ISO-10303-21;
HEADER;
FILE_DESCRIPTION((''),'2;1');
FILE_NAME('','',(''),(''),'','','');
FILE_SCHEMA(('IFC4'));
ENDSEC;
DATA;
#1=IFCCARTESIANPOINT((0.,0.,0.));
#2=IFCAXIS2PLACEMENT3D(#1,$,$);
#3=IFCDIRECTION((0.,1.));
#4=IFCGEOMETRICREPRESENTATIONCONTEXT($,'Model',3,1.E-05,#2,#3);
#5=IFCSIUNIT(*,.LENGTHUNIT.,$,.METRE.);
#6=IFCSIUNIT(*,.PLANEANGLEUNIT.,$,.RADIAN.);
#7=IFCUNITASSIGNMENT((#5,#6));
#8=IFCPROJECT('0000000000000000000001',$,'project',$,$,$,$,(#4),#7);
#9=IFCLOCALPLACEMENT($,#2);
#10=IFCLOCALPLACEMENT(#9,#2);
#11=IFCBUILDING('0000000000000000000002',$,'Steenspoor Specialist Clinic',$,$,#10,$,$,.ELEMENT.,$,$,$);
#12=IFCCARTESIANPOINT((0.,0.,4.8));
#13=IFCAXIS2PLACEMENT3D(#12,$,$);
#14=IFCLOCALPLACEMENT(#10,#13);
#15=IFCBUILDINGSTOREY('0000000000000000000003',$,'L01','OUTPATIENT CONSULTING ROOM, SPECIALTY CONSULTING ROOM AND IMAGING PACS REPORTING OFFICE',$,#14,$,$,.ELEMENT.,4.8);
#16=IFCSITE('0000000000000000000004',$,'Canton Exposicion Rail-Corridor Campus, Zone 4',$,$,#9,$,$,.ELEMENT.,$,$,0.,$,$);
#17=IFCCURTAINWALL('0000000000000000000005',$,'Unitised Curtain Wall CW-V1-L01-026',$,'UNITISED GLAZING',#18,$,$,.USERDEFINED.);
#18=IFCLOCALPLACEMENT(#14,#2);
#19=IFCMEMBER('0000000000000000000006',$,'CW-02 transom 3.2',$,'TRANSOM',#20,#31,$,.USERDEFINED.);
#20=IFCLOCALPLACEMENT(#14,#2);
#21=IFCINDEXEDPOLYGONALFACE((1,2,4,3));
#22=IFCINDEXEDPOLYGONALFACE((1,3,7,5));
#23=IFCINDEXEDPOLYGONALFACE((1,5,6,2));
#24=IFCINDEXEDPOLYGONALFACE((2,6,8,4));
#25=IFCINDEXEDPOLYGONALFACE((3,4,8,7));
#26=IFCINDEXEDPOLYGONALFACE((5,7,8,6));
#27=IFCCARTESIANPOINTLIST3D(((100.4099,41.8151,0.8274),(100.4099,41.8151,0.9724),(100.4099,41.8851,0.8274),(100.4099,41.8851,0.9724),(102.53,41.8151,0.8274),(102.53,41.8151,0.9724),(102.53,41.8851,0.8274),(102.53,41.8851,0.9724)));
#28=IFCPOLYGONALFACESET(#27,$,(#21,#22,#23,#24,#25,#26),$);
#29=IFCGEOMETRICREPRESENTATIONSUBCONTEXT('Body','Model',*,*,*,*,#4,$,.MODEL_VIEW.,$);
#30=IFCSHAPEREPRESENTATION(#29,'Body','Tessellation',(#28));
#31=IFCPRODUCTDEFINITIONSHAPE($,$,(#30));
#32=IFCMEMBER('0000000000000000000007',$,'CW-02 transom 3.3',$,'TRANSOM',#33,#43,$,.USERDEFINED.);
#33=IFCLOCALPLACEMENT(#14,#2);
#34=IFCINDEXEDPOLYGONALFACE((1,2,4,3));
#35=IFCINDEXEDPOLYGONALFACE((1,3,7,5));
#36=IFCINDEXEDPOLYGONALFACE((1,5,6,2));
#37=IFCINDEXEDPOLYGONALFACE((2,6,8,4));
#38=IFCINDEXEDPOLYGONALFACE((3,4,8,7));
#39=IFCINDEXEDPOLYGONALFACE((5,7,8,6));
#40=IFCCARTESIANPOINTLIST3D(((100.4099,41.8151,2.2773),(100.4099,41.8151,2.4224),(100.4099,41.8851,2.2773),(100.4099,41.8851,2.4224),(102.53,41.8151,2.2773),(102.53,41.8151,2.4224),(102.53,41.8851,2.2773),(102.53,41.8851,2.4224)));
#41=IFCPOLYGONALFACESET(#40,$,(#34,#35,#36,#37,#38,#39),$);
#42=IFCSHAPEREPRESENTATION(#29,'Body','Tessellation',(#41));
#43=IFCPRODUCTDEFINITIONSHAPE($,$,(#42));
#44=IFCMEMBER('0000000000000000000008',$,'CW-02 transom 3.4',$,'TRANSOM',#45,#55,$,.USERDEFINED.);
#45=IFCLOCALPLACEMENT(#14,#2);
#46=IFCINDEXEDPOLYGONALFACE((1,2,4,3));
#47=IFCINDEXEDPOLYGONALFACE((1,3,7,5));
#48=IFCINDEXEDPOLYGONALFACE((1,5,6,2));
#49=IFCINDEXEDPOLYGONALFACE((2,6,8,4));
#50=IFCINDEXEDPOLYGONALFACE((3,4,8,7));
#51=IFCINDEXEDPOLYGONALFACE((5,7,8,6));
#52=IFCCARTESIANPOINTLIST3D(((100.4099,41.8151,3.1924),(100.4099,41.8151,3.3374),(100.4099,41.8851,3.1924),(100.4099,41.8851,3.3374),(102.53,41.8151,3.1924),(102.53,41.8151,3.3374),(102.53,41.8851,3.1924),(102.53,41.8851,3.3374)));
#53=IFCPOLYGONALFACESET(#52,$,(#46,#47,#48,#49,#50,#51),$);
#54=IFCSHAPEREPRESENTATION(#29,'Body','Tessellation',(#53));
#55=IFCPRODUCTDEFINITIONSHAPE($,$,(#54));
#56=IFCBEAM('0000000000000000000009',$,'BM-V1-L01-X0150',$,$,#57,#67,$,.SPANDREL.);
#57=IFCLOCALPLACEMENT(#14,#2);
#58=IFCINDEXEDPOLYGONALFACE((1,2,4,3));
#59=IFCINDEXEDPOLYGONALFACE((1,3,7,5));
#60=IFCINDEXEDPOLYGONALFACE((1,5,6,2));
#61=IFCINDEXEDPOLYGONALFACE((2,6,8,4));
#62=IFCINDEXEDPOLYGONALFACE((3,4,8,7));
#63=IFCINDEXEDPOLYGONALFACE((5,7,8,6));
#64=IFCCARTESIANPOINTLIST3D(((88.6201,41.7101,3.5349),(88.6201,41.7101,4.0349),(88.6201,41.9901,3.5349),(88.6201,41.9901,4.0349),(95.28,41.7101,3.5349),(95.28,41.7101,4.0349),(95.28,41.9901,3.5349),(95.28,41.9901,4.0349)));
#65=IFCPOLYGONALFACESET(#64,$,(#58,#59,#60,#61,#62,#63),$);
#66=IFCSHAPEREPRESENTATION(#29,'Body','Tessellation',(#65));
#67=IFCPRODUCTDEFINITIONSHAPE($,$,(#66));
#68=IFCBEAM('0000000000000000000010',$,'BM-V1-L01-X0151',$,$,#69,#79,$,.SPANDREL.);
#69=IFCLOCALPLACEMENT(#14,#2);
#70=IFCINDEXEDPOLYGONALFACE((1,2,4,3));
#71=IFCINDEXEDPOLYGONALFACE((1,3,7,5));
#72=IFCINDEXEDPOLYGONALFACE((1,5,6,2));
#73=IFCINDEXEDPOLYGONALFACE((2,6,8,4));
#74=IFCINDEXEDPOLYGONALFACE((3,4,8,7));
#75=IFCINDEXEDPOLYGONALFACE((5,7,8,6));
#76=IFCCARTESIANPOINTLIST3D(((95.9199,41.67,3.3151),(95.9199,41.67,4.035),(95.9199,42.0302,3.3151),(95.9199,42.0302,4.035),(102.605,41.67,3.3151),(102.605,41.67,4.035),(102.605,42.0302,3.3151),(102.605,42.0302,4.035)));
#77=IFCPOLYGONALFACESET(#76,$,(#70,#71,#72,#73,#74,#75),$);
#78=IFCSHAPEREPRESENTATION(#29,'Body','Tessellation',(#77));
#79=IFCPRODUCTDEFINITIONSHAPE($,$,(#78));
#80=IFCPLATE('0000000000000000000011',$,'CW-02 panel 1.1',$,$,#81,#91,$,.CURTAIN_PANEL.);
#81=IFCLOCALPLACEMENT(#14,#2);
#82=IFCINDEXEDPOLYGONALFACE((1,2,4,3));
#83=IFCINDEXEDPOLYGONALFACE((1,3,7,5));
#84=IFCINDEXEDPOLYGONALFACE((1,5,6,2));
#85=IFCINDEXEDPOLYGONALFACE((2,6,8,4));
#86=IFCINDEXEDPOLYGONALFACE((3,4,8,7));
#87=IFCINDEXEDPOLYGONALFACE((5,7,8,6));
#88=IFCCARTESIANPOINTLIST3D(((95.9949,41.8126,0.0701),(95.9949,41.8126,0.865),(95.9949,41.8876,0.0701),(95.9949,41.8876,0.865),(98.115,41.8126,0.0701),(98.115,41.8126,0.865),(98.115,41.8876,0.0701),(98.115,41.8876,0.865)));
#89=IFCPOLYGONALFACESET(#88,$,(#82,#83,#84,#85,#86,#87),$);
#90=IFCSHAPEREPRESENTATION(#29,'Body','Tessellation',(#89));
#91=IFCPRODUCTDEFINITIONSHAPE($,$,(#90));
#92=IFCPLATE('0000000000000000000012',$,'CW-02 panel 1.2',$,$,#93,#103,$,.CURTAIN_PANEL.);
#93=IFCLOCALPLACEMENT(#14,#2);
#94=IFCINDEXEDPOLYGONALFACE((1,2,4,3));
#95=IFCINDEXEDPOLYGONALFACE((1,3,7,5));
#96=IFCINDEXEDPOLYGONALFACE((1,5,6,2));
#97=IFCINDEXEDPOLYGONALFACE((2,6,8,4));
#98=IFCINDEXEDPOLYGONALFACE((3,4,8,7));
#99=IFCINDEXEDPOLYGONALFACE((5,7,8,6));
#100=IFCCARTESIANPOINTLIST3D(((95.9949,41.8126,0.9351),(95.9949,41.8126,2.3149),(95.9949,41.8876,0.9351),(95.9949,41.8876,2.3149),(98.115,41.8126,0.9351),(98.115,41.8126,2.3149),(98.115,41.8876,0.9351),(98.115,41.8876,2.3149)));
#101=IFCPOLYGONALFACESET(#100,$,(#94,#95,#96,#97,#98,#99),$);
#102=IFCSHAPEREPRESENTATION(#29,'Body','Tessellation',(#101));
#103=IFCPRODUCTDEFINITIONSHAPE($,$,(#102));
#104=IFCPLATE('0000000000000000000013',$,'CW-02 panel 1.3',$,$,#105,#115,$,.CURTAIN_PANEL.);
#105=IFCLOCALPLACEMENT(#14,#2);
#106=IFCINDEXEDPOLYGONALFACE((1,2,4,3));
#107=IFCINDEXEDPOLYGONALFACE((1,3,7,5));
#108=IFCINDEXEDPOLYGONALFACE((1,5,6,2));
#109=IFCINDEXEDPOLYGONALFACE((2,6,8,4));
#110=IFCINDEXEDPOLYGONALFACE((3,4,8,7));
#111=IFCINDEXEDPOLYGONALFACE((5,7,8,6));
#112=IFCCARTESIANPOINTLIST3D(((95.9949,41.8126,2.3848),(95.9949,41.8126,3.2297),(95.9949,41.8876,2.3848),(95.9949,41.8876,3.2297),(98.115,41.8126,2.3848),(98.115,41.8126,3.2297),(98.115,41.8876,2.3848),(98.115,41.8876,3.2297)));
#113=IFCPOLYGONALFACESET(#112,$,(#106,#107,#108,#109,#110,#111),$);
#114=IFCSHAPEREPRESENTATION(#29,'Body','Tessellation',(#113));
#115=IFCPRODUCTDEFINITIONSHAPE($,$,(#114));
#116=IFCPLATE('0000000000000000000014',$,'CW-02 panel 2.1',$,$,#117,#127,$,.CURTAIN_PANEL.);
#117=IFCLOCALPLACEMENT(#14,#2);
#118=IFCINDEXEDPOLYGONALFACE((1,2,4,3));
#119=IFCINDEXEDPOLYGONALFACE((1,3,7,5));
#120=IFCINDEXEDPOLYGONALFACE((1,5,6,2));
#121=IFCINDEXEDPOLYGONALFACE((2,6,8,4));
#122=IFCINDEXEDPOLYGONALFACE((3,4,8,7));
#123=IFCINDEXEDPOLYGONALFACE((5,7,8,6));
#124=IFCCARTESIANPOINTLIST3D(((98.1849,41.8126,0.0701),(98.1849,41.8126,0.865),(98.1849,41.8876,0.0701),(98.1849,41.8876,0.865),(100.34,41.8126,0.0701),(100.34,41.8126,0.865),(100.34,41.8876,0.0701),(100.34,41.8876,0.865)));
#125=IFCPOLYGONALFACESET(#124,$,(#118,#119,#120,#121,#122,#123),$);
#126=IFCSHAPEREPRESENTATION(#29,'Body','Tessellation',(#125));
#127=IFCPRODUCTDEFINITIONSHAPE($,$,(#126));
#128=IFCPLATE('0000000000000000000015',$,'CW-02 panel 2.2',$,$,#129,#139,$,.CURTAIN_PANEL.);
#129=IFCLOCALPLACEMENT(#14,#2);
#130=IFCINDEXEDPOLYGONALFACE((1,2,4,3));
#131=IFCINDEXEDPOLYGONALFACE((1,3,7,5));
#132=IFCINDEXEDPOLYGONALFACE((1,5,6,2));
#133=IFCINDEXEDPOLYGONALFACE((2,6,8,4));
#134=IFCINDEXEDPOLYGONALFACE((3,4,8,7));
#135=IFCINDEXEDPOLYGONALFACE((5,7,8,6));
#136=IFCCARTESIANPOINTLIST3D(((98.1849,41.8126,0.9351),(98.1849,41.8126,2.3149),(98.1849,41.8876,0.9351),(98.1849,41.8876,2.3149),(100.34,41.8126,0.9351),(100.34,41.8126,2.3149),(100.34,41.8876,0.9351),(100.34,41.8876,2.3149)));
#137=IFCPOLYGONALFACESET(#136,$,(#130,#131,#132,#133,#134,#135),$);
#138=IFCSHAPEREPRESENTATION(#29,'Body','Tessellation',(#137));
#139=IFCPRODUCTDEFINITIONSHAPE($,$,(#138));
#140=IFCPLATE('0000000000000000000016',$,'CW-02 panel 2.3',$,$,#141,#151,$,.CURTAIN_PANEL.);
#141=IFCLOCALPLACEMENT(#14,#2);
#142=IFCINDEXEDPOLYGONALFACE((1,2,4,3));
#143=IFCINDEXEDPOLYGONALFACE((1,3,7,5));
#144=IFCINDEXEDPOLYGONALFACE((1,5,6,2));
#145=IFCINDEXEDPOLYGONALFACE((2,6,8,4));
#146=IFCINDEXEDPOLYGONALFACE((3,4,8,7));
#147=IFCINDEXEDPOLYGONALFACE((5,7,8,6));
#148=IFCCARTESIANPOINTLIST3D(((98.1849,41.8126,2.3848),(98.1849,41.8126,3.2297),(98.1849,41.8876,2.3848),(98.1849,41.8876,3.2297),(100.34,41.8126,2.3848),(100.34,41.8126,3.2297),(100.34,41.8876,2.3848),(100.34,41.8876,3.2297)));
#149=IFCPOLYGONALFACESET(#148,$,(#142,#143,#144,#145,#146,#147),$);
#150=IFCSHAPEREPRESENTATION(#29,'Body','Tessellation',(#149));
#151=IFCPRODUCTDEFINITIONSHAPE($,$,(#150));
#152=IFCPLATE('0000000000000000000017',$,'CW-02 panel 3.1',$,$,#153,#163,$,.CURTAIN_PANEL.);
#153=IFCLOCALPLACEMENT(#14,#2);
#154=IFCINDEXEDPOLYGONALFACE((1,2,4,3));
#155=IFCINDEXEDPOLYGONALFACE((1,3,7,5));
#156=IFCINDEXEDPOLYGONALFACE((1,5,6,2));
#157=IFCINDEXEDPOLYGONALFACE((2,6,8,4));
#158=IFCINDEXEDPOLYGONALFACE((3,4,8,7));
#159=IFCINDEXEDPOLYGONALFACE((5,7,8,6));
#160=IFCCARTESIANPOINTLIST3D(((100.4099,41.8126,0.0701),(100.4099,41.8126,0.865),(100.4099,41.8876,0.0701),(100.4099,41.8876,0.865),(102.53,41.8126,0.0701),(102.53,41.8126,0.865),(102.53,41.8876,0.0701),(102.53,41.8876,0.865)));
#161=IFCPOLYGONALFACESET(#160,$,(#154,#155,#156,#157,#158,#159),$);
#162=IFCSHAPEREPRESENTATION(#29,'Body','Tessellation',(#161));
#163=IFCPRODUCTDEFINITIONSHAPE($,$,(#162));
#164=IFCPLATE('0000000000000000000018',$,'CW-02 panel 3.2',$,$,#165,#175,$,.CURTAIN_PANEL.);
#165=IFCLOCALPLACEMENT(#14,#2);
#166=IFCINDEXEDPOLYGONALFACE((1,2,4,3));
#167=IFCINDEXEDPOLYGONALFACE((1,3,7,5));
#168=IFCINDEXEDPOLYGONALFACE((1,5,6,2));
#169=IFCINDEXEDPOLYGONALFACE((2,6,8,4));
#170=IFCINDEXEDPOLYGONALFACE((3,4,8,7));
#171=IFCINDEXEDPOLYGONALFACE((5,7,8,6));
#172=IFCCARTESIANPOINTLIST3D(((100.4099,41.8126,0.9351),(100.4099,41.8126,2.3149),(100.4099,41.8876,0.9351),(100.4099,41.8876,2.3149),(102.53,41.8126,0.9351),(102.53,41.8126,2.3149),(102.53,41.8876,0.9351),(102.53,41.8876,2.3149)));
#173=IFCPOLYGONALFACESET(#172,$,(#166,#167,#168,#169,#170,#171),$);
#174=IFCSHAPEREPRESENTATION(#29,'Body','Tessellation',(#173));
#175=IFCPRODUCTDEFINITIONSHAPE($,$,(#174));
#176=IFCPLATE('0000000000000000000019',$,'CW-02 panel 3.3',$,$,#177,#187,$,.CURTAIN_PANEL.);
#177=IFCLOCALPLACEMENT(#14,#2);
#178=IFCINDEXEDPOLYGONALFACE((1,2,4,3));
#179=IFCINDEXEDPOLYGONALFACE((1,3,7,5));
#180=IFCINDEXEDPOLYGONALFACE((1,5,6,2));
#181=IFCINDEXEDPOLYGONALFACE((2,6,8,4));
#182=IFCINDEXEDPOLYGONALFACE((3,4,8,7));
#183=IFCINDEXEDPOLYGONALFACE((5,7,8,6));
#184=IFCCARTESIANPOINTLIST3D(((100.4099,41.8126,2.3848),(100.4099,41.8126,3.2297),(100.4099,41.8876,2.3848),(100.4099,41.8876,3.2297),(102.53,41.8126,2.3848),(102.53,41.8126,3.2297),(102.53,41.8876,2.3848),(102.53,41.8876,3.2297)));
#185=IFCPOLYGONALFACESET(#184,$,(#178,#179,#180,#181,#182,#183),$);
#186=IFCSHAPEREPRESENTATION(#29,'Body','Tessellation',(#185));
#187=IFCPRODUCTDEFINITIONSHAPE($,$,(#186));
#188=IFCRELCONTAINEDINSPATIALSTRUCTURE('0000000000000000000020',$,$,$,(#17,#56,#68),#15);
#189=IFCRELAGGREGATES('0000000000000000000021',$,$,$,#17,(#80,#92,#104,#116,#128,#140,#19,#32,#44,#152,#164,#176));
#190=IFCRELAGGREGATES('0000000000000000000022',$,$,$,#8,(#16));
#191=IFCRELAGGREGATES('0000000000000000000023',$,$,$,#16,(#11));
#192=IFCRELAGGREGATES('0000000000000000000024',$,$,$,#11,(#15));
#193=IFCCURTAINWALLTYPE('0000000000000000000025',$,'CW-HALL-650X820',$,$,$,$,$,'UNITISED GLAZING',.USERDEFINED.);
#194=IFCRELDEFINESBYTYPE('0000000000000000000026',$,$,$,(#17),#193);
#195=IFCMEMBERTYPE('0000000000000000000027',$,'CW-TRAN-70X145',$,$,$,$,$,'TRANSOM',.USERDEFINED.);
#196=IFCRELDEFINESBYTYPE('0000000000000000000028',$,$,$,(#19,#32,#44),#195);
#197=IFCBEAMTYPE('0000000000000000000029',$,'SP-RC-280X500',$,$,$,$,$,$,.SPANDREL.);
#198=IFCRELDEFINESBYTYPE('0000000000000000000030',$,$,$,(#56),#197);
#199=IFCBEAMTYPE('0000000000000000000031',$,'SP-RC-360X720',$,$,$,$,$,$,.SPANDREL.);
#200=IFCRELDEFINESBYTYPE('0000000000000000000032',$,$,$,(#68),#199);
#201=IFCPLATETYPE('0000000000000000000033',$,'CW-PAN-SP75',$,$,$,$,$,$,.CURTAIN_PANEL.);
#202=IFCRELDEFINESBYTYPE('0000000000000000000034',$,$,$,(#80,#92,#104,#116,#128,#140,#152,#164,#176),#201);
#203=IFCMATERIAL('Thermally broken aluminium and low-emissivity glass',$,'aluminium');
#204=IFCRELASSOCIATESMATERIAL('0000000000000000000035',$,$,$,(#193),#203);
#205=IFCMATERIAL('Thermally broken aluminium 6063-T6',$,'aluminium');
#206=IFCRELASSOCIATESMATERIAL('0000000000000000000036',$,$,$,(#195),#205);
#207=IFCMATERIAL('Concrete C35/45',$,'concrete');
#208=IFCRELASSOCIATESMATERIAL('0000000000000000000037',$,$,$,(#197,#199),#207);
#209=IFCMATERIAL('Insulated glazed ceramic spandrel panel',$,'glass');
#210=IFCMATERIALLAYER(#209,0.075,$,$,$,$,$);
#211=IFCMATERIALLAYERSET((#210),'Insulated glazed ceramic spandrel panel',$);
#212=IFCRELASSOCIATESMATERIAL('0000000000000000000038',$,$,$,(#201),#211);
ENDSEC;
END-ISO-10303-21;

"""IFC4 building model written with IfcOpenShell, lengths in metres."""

from ifc_helpers import new_model, si_unit, direction, frame, origin, origin_2d, place, context, subcontext, project, spatial, rectangle, extrude, material, layer, layer_set, material_profile, profile_set, type_object, element, aggregate, save


model = new_model("IFC4")

# Units and contexts
model_context = context("Model", 3, precision=1e-05, world=origin(), true_north=direction((0.0, 1.0)))
body_context = subcontext(model_context, "Body", "Model", "MODEL_VIEW")
ifc_project = project(units=[si_unit("LENGTHUNIT", "METRE"), si_unit("PLANEANGLEUNIT", "RADIAN")], contexts=[model_context])

# Site, building, storey
site_placement = place(None, origin())
site = spatial("IfcSite", under=ifc_project, at=site_placement, Name="Canton Exposicion Rail-Corridor Campus, Zone 4", CompositionType="ELEMENT", RefElevation=0.0)
building_placement = place(site_placement, origin())
building = spatial("IfcBuilding", under=site, at=building_placement, Name="Steenspoor Specialist Clinic", CompositionType="ELEMENT")
storey_placement = place(building_placement, frame((0.0, 0.0, 4.8)))
storey = spatial("IfcBuildingStorey", under=building, at=storey_placement, Name="L01", Description="OUTPATIENT CONSULTING ROOM, SPECIALTY CONSULTING ROOM AND IMAGING PACS REPORTING OFFICE", CompositionType="ELEMENT", Elevation=4.8)

# Curtain wall, members
ifc_material_1 = material(Name="Thermally broken aluminium and low-emissivity glass", Category="aluminium")
curtain_wall_type = type_object("IfcCurtainWallType", Name="CW-HALL-650X820", ElementType="UNITISED GLAZING", PredefinedType="USERDEFINED", material=ifc_material_1)
curtain_wall_placement = place(storey_placement, origin())
curtain_wall = element("IfcCurtainWall", 1, at=curtain_wall_placement, inside=storey, type_object=curtain_wall_type, Name="Unitised Curtain Wall CW-V1-L01-026", ObjectType="UNITISED GLAZING", PredefinedType="USERDEFINED")
ifc_material_2 = material(Name="Thermally broken aluminium 6063-T6", Category="aluminium")
ifc_material_profile_1 = material_profile(ifc_material_2, rectangle(XDim=0.0701, YDim=0.145, at=origin_2d()), Name="CWT-70X145")
ifc_profile_set_1 = profile_set([ifc_material_profile_1], Name="Thermally broken aluminium 6063-T6")
member_type_1 = type_object("IfcMemberType", Name="CW-TRAN-70X145", ElementType="TRANSOM", PredefinedType="USERDEFINED", material=ifc_profile_set_1)
member_1_placement = place(storey_placement, frame((100.4099, 41.8501, 0.8999), z_axis=(1.0, 0.0, 0.0), x_axis=(0.0, 1.0, 0.0)))
member_1 = element("IfcMember", 2, at=member_1_placement, type_object=member_type_1, Name="CW-02 transom 3.2", ObjectType="TRANSOM", PredefinedType="USERDEFINED", context=body_context, shape_type="SweptSolid", body=[
    extrude(rectangle(XDim=0.0701, YDim=0.145, at=origin_2d()), origin(), (0.0, 0.0, 1.0), 2.1201),
])
member_2_placement = place(storey_placement, frame((100.4099, 41.8501, 2.3499), z_axis=(1.0, 0.0, 0.0), x_axis=(0.0, 1.0, 0.0)))
member_2 = element("IfcMember", 3, at=member_2_placement, type_object=member_type_1, Name="CW-02 transom 3.3", ObjectType="TRANSOM", PredefinedType="USERDEFINED", context=body_context, shape_type="SweptSolid", body=[
    extrude(rectangle(XDim=0.0701, YDim=0.145, at=origin_2d()), origin(), (0.0, 0.0, 1.0), 2.1201),
])
member_3_placement = place(storey_placement, frame((100.4099, 41.8501, 3.2649), z_axis=(1.0, 0.0, 0.0), x_axis=(0.0, 1.0, 0.0)))
member_3 = element("IfcMember", 4, at=member_3_placement, type_object=member_type_1, Name="CW-02 transom 3.4", ObjectType="TRANSOM", PredefinedType="USERDEFINED", context=body_context, shape_type="SweptSolid", body=[
    extrude(rectangle(XDim=0.0701, YDim=0.145, at=origin_2d()), origin(), (0.0, 0.0, 1.0), 2.1201),
])

# Beams
ifc_material_3 = material(Name="Concrete C35/45", Category="concrete")
ifc_material_profile_2 = material_profile(ifc_material_3, rectangle(XDim=0.28, YDim=0.5, at=origin_2d()), Name="RC-SP-280X500")
ifc_profile_set_2 = profile_set([ifc_material_profile_2], Name="Concrete C35/45")
beam_type_1 = type_object("IfcBeamType", Name="SP-RC-280X500", PredefinedType="SPANDREL", material=ifc_profile_set_2)
beam_1_placement = place(storey_placement, frame((88.6201, 41.8501, 3.7849), z_axis=(1.0, 0.0, 0.0), x_axis=(0.0, 1.0, 0.0)))
element("IfcBeam", 5, at=beam_1_placement, inside=storey, type_object=beam_type_1, Name="BM-V1-L01-X0150", PredefinedType="SPANDREL", context=body_context, shape_type="SweptSolid", body=[
    extrude(rectangle(XDim=0.28, YDim=0.5, at=origin_2d()), origin(), (0.0, 0.0, 1.0), 6.6599),
])
ifc_material_profile_3 = material_profile(ifc_material_3, rectangle(XDim=0.3601, YDim=0.72, at=origin_2d()), Name="RC-SP-360X720")
ifc_profile_set_3 = profile_set([ifc_material_profile_3], Name="Concrete C35/45")
beam_type_2 = type_object("IfcBeamType", Name="SP-RC-360X720", PredefinedType="SPANDREL", material=ifc_profile_set_3)
beam_2_placement = place(storey_placement, frame((95.9199, 41.8501, 3.675), z_axis=(1.0, 0.0, 0.0), x_axis=(0.0, 1.0, 0.0)))
element("IfcBeam", 6, at=beam_2_placement, inside=storey, type_object=beam_type_2, Name="BM-V1-L01-X0151", PredefinedType="SPANDREL", context=body_context, shape_type="SweptSolid", body=[
    extrude(rectangle(XDim=0.3601, YDim=0.72, at=origin_2d()), origin(), (0.0, 0.0, 1.0), 6.6851),
])

# Plates
ifc_material_4 = material(Name="Insulated glazed ceramic spandrel panel", Category="glass")
ifc_layer_1 = layer(ifc_material_4, 0.075)
ifc_layer_set_1 = layer_set([ifc_layer_1], Name="Insulated glazed ceramic spandrel panel")
plate_type = type_object("IfcPlateType", Name="CW-PAN-SP75", PredefinedType="CURTAIN_PANEL", material=ifc_layer_set_1)
plate_1_placement = place(storey_placement, frame((97.0549, 41.8501, 0.0701), z_axis=(0.0, 0.0, 1.0), x_axis=(1.0, 0.0, 0.0)))
plate_1 = element("IfcPlate", 7, at=plate_1_placement, type_object=plate_type, Name="CW-02 panel 1.1", PredefinedType="CURTAIN_PANEL", context=body_context, shape_type="SweptSolid", body=[
    extrude(rectangle(XDim=2.1201, YDim=0.075, at=origin_2d()), origin(), (0.0, 0.0, 1.0), 0.7949),
])
plate_2_placement = place(storey_placement, frame((97.0549, 41.8501, 0.9351), z_axis=(0.0, 0.0, 1.0), x_axis=(1.0, 0.0, 0.0)))
plate_2 = element("IfcPlate", 8, at=plate_2_placement, type_object=plate_type, Name="CW-02 panel 1.2", PredefinedType="CURTAIN_PANEL", context=body_context, shape_type="SweptSolid", body=[
    extrude(rectangle(XDim=2.1201, YDim=0.075, at=origin_2d()), origin(), (0.0, 0.0, 1.0), 1.3799),
])
plate_3_placement = place(storey_placement, frame((97.0549, 41.8501, 2.3848), z_axis=(0.0, 0.0, 1.0), x_axis=(1.0, 0.0, 0.0)))
plate_3 = element("IfcPlate", 9, at=plate_3_placement, type_object=plate_type, Name="CW-02 panel 1.3", PredefinedType="CURTAIN_PANEL", context=body_context, shape_type="SweptSolid", body=[
    extrude(rectangle(XDim=2.1201, YDim=0.075, at=origin_2d()), origin(), (0.0, 0.0, 1.0), 0.845),
])
plate_4_placement = place(storey_placement, frame((99.2625, 41.8501, 0.0701), z_axis=(0.0, 0.0, 1.0), x_axis=(1.0, 0.0, 0.0)))
plate_4 = element("IfcPlate", 10, at=plate_4_placement, type_object=plate_type, Name="CW-02 panel 2.1", PredefinedType="CURTAIN_PANEL", context=body_context, shape_type="SweptSolid", body=[
    extrude(rectangle(XDim=2.155, YDim=0.075, at=origin_2d()), origin(), (0.0, 0.0, 1.0), 0.7949),
])
plate_5_placement = place(storey_placement, frame((99.2625, 41.8501, 0.9351), z_axis=(0.0, 0.0, 1.0), x_axis=(1.0, 0.0, 0.0)))
plate_5 = element("IfcPlate", 11, at=plate_5_placement, type_object=plate_type, Name="CW-02 panel 2.2", PredefinedType="CURTAIN_PANEL", context=body_context, shape_type="SweptSolid", body=[
    extrude(rectangle(XDim=2.155, YDim=0.075, at=origin_2d()), origin(), (0.0, 0.0, 1.0), 1.3799),
])
plate_6_placement = place(storey_placement, frame((99.2625, 41.8501, 2.3848), z_axis=(0.0, 0.0, 1.0), x_axis=(1.0, 0.0, 0.0)))
plate_6 = element("IfcPlate", 12, at=plate_6_placement, type_object=plate_type, Name="CW-02 panel 2.3", PredefinedType="CURTAIN_PANEL", context=body_context, shape_type="SweptSolid", body=[
    extrude(rectangle(XDim=2.155, YDim=0.075, at=origin_2d()), origin(), (0.0, 0.0, 1.0), 0.845),
])
plate_7_placement = place(storey_placement, frame((101.47, 41.8501, 0.0701), z_axis=(0.0, 0.0, 1.0), x_axis=(1.0, 0.0, 0.0)))
plate_7 = element("IfcPlate", 13, at=plate_7_placement, type_object=plate_type, Name="CW-02 panel 3.1", PredefinedType="CURTAIN_PANEL", context=body_context, shape_type="SweptSolid", body=[
    extrude(rectangle(XDim=2.1201, YDim=0.075, at=origin_2d()), origin(), (0.0, 0.0, 1.0), 0.7949),
])
plate_8_placement = place(storey_placement, frame((101.47, 41.8501, 0.9351), z_axis=(0.0, 0.0, 1.0), x_axis=(1.0, 0.0, 0.0)))
plate_8 = element("IfcPlate", 14, at=plate_8_placement, type_object=plate_type, Name="CW-02 panel 3.2", PredefinedType="CURTAIN_PANEL", context=body_context, shape_type="SweptSolid", body=[
    extrude(rectangle(XDim=2.1201, YDim=0.075, at=origin_2d()), origin(), (0.0, 0.0, 1.0), 1.3799),
])
plate_9_placement = place(storey_placement, frame((101.47, 41.8501, 2.3848), z_axis=(0.0, 0.0, 1.0), x_axis=(1.0, 0.0, 0.0)))
plate_9 = element("IfcPlate", 15, at=plate_9_placement, type_object=plate_type, Name="CW-02 panel 3.3", PredefinedType="CURTAIN_PANEL", context=body_context, shape_type="SweptSolid", body=[
    extrude(rectangle(XDim=2.1201, YDim=0.075, at=origin_2d()), origin(), (0.0, 0.0, 1.0), 0.845),
])
aggregate(curtain_wall, [plate_1, plate_2, plate_3, plate_4, plate_5, plate_6, member_1, member_2, member_3, plate_7, plate_8, plate_9])

save(model, "model.ifc")
